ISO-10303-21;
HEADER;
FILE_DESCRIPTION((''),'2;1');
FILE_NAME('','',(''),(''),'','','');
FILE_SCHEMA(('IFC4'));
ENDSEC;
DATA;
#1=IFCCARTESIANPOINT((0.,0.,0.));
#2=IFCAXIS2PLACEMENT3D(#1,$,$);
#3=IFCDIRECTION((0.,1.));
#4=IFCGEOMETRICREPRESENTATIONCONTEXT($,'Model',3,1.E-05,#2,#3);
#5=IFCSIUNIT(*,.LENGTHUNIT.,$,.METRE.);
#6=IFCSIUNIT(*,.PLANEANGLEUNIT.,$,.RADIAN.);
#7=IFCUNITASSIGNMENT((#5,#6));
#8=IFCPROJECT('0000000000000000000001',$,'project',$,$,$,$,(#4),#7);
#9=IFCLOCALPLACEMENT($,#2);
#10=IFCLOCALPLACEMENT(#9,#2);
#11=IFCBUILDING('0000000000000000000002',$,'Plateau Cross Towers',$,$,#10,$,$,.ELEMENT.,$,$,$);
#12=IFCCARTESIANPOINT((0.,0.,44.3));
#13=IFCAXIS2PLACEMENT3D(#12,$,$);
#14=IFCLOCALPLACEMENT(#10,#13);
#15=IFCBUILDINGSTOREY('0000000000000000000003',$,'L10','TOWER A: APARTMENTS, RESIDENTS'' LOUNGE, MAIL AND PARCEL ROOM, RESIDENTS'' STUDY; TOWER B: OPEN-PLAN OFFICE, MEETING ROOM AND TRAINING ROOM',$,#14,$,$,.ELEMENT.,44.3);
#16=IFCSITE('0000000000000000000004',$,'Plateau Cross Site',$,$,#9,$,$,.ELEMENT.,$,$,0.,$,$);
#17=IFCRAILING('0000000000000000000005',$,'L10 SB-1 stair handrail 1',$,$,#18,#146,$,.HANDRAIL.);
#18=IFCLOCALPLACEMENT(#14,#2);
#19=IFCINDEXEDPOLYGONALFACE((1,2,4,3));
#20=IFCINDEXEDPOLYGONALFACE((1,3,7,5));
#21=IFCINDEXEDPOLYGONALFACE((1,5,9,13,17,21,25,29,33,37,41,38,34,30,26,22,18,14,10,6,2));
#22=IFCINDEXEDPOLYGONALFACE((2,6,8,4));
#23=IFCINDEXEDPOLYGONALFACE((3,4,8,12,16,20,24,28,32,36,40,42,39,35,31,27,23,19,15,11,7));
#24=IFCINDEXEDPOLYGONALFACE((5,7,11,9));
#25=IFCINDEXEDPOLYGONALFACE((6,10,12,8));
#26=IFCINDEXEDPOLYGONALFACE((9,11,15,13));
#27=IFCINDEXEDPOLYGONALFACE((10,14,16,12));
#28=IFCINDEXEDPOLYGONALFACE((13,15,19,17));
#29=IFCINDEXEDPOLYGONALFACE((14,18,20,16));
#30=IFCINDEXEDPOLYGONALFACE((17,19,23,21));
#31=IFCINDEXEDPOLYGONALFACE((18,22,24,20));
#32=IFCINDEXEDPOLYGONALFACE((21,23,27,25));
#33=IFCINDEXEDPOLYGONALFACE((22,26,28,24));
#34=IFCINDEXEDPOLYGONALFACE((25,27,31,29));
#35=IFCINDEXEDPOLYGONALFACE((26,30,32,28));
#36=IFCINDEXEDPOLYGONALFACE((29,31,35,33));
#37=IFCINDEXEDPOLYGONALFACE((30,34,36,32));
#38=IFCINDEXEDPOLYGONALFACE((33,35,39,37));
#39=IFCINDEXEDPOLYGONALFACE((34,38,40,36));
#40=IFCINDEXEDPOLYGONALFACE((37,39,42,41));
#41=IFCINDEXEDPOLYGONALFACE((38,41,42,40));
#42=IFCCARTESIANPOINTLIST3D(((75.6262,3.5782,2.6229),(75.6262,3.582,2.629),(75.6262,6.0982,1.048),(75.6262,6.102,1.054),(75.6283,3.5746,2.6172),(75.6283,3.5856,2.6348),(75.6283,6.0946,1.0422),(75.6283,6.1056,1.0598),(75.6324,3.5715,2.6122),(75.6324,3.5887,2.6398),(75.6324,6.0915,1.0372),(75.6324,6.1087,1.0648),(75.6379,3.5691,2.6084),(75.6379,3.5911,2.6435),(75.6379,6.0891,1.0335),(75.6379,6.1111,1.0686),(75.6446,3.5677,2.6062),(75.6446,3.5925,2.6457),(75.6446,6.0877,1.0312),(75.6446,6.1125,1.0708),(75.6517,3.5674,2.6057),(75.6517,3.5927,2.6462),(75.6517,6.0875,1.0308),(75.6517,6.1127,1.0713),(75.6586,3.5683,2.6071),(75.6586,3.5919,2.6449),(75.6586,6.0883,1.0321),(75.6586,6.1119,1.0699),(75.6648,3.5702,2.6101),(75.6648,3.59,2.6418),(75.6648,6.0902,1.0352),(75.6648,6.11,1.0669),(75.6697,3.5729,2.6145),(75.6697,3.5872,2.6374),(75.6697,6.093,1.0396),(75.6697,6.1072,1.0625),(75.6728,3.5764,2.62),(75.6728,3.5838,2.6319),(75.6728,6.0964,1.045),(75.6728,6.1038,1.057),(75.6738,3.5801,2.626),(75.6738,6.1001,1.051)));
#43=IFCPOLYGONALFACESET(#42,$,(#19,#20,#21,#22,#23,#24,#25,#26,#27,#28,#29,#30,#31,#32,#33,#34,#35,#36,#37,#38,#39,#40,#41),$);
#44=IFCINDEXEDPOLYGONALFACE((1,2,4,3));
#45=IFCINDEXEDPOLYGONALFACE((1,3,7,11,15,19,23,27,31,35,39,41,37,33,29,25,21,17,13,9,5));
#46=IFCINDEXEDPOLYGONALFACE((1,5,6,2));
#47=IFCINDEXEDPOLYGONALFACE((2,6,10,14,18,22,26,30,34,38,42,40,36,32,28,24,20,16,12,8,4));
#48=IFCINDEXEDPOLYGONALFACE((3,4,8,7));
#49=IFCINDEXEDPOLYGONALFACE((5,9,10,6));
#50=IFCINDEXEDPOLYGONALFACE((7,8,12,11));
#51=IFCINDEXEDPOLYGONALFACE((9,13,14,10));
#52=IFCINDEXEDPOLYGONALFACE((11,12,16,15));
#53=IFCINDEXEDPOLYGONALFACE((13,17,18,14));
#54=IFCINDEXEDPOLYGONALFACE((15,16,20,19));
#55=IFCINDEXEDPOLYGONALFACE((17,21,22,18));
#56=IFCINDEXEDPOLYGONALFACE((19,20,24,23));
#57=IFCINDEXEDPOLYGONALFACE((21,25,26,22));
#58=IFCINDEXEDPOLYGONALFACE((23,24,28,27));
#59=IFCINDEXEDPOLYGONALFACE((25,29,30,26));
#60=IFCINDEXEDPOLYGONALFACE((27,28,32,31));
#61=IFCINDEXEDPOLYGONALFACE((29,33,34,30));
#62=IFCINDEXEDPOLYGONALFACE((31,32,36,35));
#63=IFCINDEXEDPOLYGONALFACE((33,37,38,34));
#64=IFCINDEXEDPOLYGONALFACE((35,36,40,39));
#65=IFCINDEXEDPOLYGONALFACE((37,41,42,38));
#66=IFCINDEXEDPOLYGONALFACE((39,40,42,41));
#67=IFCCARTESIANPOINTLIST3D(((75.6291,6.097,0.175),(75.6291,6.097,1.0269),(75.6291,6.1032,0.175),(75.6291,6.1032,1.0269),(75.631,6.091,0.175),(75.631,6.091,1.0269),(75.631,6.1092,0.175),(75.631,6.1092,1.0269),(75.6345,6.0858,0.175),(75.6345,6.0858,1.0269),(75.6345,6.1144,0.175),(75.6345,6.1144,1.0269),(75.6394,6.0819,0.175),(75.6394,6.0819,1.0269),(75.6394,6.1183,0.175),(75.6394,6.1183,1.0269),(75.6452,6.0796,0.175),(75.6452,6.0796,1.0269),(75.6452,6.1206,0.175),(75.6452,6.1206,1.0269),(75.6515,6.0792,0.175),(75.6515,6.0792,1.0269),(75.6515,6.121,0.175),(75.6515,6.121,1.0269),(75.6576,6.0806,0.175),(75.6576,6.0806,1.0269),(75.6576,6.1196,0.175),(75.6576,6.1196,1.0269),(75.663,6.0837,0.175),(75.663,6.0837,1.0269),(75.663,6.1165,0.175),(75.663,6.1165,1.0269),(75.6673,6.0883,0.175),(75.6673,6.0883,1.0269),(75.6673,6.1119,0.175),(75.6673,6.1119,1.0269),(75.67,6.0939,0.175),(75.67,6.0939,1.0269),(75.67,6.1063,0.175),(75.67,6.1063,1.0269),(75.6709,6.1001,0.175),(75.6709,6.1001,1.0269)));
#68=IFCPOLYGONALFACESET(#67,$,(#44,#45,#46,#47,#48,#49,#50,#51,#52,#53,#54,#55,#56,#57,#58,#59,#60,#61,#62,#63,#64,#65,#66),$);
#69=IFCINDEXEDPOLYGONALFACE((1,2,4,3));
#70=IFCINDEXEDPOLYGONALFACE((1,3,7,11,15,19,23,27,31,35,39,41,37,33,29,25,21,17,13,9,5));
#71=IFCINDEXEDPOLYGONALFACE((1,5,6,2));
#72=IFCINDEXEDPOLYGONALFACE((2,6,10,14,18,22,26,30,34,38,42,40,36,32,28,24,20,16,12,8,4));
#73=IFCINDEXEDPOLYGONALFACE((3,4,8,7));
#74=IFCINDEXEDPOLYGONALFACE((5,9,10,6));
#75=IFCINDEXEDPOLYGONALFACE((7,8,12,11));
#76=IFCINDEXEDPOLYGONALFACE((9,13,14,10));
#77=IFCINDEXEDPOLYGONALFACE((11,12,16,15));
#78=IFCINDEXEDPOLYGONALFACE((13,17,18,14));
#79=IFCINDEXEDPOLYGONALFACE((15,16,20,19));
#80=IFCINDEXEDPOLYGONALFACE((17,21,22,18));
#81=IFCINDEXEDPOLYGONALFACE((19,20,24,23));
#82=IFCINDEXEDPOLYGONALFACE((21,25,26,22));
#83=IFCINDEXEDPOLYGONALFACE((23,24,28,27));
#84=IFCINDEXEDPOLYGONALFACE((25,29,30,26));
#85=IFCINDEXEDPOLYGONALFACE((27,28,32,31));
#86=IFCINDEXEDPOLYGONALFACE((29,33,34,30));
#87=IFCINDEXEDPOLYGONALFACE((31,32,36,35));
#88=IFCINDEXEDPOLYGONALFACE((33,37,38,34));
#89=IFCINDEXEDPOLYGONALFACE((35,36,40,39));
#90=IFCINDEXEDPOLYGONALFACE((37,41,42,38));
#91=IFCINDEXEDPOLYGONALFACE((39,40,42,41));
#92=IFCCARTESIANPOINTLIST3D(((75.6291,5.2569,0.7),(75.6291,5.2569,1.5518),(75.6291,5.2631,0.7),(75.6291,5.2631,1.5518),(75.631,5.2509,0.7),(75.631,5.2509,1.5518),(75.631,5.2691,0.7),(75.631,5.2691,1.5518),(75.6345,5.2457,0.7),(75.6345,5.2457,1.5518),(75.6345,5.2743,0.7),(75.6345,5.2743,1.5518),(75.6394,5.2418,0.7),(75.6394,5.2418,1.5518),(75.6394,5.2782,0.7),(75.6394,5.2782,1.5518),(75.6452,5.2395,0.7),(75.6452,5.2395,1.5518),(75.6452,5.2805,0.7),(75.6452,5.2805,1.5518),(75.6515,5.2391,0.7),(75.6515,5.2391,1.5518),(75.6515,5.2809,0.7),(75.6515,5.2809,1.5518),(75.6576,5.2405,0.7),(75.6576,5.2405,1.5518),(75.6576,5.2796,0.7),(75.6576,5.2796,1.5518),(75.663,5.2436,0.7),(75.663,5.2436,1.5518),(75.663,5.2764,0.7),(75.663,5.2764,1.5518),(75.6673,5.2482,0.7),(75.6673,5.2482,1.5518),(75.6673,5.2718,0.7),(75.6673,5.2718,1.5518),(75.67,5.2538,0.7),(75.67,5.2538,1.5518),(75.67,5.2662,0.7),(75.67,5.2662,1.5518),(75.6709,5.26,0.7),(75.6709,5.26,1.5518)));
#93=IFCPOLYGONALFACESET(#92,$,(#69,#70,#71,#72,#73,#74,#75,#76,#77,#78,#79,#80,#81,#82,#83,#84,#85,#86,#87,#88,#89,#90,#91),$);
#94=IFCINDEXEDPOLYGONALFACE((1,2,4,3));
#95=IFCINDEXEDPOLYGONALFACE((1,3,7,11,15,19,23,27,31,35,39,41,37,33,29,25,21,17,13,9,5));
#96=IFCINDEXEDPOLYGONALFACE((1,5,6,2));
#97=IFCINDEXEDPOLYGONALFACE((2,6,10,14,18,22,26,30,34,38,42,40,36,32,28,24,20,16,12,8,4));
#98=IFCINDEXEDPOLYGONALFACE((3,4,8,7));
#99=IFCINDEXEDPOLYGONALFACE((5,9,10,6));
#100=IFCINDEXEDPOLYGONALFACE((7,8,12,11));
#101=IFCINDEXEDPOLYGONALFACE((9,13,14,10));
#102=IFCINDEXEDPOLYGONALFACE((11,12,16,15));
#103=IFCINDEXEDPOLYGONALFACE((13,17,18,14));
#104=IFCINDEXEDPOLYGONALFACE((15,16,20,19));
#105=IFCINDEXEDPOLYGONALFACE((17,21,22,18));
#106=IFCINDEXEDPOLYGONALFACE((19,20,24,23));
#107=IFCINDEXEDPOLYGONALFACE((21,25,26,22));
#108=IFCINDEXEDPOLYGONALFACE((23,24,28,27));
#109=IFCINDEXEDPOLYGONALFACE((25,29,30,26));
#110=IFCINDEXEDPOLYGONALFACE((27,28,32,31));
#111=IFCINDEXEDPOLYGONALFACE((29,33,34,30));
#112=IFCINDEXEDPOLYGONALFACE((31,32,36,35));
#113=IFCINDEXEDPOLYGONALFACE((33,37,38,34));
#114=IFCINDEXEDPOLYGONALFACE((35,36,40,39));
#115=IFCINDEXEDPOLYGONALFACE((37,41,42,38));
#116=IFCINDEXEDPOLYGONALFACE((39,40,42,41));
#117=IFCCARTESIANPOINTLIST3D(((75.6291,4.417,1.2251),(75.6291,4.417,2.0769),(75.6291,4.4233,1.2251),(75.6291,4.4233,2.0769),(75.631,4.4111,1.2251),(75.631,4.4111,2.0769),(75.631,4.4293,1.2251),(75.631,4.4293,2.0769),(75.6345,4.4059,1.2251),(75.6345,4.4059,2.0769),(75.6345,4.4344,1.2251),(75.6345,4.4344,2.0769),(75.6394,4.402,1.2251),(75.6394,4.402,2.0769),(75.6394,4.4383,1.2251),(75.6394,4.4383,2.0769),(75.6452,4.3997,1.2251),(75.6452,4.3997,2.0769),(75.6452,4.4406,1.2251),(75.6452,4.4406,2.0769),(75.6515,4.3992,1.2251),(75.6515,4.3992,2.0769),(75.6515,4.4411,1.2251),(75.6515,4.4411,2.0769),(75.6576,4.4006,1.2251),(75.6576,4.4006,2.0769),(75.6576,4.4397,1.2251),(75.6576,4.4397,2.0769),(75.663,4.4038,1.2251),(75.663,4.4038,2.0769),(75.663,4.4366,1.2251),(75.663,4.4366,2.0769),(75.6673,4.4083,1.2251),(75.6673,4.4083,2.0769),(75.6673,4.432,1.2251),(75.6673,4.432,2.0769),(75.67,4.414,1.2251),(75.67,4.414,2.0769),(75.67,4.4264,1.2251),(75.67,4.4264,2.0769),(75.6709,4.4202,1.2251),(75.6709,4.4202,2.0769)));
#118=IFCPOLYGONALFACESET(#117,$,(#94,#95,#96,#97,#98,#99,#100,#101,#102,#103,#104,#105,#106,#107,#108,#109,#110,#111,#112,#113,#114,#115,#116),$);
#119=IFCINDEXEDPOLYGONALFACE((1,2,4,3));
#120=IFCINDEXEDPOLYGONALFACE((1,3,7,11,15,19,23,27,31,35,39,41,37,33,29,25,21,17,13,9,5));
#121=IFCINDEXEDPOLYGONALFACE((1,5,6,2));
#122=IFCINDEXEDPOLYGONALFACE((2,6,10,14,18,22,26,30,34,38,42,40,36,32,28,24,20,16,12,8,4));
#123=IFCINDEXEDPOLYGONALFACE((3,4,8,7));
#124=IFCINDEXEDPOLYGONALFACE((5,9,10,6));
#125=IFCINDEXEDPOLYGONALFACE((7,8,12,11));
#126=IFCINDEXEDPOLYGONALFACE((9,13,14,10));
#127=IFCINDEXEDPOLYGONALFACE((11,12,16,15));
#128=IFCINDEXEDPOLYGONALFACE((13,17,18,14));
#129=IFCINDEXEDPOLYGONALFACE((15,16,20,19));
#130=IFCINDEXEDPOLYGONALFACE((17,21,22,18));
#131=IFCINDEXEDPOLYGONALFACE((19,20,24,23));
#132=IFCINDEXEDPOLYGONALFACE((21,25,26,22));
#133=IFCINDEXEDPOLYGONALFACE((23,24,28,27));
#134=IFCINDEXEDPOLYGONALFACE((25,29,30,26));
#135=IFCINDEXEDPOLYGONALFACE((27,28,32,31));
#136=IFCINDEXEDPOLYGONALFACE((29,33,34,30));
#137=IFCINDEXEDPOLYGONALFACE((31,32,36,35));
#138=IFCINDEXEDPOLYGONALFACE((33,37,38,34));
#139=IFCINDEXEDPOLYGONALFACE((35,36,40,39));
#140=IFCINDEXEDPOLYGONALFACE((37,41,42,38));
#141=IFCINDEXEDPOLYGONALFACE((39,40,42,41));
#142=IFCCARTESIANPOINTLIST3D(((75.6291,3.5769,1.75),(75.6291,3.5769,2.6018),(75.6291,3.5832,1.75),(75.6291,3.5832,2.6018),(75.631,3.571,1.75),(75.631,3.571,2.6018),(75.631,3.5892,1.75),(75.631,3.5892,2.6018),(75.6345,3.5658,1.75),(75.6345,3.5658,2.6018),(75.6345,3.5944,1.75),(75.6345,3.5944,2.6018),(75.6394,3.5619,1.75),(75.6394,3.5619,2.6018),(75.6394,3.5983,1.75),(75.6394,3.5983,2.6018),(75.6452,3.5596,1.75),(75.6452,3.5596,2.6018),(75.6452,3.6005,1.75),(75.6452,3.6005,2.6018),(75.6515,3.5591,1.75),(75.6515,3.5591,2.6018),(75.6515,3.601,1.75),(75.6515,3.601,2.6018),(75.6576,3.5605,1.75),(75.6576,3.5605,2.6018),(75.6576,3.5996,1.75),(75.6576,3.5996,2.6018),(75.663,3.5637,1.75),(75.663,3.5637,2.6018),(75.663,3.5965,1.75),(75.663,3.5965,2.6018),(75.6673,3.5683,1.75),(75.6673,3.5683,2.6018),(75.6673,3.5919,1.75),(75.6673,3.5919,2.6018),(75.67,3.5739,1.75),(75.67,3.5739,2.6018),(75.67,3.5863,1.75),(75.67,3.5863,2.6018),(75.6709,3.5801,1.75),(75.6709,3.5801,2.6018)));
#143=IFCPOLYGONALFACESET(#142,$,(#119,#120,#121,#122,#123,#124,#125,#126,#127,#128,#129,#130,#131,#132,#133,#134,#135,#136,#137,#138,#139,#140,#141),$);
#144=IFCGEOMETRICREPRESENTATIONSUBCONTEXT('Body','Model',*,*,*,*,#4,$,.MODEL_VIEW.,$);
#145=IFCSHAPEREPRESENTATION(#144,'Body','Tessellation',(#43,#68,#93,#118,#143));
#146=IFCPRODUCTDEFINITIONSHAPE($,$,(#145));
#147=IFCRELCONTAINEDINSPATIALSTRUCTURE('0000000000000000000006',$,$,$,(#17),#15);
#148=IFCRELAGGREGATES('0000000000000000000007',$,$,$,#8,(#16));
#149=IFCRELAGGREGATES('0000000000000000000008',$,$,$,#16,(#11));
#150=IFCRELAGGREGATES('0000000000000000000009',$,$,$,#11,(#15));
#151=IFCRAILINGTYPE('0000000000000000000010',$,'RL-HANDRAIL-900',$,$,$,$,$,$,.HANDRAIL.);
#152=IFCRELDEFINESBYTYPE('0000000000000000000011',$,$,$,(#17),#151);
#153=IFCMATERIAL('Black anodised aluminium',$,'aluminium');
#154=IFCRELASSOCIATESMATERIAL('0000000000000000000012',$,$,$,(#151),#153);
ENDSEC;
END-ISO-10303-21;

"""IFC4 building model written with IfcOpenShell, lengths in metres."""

from ifc_helpers import new_model, si_unit, direction, frame, origin, origin_2d, place, context, subcontext, project, spatial, circle, extrude, material, type_object, element, save


model = new_model("IFC4")

# Units and contexts
model_context = context("Model", 3, precision=1e-05, world=origin(), true_north=direction((0.0, 1.0)))
body_context = subcontext(model_context, "Body", "Model", "MODEL_VIEW")
ifc_project = project(units=[si_unit("LENGTHUNIT", "METRE"), si_unit("PLANEANGLEUNIT", "RADIAN")], contexts=[model_context])

# Site, building, storey
site_placement = place(None, origin())
site = spatial("IfcSite", under=ifc_project, at=site_placement, Name="Plateau Cross Site", CompositionType="ELEMENT", RefElevation=0.0)
building_placement = place(site_placement, origin())
building = spatial("IfcBuilding", under=site, at=building_placement, Name="Plateau Cross Towers", CompositionType="ELEMENT")
storey_placement = place(building_placement, frame((0.0, 0.0, 44.3)))
storey = spatial("IfcBuildingStorey", under=building, at=storey_placement, Name="L10", Description="TOWER A: APARTMENTS, RESIDENTS' LOUNGE, MAIL AND PARCEL ROOM, RESIDENTS' STUDY; TOWER B: OPEN-PLAN OFFICE, MEETING ROOM AND TRAINING ROOM", CompositionType="ELEMENT", Elevation=44.3)

# Railing
ifc_material_1 = material(Name="Black anodised aluminium", Category="aluminium")
railing_type_1 = type_object("IfcRailingType", Name="RL-HANDRAIL-900", PredefinedType="HANDRAIL", material=ifc_material_1)
railing_1_placement = place(storey_placement, frame((75.6499, 6.1001, 0.175)))
element("IfcRailing", 1, at=railing_1_placement, inside=storey, type_object=railing_type_1, Name="L10 SB-1 stair handrail 1", PredefinedType="HANDRAIL", context=body_context, shape_type="SweptSolid", body=[
    extrude(circle(Radius=0.0239, at=origin_2d()), frame((0.0, 0.0, 0.876), z_axis=(0.0, -0.848008, 0.529984), x_axis=(1.0, 0.0, 0.0)), (0.0, 0.0, 1.0), 2.9717),
    extrude(circle(Radius=0.021, at=origin_2d()), origin(), (0.0, 0.0, 1.0), 0.8518),
    extrude(circle(Radius=0.021, at=origin_2d()), frame((0.0, -0.8401, 0.5249)), (0.0, 0.0, 1.0), 0.8518),
    extrude(circle(Radius=0.021, at=origin_2d()), frame((0.0, -1.6799, 1.05)), (0.0, 0.0, 1.0), 0.8518),
    extrude(circle(Radius=0.021, at=origin_2d()), frame((0.0, -2.52, 1.575)), (0.0, 0.0, 1.0), 0.8518),
])

save(model, "model.ifc")
